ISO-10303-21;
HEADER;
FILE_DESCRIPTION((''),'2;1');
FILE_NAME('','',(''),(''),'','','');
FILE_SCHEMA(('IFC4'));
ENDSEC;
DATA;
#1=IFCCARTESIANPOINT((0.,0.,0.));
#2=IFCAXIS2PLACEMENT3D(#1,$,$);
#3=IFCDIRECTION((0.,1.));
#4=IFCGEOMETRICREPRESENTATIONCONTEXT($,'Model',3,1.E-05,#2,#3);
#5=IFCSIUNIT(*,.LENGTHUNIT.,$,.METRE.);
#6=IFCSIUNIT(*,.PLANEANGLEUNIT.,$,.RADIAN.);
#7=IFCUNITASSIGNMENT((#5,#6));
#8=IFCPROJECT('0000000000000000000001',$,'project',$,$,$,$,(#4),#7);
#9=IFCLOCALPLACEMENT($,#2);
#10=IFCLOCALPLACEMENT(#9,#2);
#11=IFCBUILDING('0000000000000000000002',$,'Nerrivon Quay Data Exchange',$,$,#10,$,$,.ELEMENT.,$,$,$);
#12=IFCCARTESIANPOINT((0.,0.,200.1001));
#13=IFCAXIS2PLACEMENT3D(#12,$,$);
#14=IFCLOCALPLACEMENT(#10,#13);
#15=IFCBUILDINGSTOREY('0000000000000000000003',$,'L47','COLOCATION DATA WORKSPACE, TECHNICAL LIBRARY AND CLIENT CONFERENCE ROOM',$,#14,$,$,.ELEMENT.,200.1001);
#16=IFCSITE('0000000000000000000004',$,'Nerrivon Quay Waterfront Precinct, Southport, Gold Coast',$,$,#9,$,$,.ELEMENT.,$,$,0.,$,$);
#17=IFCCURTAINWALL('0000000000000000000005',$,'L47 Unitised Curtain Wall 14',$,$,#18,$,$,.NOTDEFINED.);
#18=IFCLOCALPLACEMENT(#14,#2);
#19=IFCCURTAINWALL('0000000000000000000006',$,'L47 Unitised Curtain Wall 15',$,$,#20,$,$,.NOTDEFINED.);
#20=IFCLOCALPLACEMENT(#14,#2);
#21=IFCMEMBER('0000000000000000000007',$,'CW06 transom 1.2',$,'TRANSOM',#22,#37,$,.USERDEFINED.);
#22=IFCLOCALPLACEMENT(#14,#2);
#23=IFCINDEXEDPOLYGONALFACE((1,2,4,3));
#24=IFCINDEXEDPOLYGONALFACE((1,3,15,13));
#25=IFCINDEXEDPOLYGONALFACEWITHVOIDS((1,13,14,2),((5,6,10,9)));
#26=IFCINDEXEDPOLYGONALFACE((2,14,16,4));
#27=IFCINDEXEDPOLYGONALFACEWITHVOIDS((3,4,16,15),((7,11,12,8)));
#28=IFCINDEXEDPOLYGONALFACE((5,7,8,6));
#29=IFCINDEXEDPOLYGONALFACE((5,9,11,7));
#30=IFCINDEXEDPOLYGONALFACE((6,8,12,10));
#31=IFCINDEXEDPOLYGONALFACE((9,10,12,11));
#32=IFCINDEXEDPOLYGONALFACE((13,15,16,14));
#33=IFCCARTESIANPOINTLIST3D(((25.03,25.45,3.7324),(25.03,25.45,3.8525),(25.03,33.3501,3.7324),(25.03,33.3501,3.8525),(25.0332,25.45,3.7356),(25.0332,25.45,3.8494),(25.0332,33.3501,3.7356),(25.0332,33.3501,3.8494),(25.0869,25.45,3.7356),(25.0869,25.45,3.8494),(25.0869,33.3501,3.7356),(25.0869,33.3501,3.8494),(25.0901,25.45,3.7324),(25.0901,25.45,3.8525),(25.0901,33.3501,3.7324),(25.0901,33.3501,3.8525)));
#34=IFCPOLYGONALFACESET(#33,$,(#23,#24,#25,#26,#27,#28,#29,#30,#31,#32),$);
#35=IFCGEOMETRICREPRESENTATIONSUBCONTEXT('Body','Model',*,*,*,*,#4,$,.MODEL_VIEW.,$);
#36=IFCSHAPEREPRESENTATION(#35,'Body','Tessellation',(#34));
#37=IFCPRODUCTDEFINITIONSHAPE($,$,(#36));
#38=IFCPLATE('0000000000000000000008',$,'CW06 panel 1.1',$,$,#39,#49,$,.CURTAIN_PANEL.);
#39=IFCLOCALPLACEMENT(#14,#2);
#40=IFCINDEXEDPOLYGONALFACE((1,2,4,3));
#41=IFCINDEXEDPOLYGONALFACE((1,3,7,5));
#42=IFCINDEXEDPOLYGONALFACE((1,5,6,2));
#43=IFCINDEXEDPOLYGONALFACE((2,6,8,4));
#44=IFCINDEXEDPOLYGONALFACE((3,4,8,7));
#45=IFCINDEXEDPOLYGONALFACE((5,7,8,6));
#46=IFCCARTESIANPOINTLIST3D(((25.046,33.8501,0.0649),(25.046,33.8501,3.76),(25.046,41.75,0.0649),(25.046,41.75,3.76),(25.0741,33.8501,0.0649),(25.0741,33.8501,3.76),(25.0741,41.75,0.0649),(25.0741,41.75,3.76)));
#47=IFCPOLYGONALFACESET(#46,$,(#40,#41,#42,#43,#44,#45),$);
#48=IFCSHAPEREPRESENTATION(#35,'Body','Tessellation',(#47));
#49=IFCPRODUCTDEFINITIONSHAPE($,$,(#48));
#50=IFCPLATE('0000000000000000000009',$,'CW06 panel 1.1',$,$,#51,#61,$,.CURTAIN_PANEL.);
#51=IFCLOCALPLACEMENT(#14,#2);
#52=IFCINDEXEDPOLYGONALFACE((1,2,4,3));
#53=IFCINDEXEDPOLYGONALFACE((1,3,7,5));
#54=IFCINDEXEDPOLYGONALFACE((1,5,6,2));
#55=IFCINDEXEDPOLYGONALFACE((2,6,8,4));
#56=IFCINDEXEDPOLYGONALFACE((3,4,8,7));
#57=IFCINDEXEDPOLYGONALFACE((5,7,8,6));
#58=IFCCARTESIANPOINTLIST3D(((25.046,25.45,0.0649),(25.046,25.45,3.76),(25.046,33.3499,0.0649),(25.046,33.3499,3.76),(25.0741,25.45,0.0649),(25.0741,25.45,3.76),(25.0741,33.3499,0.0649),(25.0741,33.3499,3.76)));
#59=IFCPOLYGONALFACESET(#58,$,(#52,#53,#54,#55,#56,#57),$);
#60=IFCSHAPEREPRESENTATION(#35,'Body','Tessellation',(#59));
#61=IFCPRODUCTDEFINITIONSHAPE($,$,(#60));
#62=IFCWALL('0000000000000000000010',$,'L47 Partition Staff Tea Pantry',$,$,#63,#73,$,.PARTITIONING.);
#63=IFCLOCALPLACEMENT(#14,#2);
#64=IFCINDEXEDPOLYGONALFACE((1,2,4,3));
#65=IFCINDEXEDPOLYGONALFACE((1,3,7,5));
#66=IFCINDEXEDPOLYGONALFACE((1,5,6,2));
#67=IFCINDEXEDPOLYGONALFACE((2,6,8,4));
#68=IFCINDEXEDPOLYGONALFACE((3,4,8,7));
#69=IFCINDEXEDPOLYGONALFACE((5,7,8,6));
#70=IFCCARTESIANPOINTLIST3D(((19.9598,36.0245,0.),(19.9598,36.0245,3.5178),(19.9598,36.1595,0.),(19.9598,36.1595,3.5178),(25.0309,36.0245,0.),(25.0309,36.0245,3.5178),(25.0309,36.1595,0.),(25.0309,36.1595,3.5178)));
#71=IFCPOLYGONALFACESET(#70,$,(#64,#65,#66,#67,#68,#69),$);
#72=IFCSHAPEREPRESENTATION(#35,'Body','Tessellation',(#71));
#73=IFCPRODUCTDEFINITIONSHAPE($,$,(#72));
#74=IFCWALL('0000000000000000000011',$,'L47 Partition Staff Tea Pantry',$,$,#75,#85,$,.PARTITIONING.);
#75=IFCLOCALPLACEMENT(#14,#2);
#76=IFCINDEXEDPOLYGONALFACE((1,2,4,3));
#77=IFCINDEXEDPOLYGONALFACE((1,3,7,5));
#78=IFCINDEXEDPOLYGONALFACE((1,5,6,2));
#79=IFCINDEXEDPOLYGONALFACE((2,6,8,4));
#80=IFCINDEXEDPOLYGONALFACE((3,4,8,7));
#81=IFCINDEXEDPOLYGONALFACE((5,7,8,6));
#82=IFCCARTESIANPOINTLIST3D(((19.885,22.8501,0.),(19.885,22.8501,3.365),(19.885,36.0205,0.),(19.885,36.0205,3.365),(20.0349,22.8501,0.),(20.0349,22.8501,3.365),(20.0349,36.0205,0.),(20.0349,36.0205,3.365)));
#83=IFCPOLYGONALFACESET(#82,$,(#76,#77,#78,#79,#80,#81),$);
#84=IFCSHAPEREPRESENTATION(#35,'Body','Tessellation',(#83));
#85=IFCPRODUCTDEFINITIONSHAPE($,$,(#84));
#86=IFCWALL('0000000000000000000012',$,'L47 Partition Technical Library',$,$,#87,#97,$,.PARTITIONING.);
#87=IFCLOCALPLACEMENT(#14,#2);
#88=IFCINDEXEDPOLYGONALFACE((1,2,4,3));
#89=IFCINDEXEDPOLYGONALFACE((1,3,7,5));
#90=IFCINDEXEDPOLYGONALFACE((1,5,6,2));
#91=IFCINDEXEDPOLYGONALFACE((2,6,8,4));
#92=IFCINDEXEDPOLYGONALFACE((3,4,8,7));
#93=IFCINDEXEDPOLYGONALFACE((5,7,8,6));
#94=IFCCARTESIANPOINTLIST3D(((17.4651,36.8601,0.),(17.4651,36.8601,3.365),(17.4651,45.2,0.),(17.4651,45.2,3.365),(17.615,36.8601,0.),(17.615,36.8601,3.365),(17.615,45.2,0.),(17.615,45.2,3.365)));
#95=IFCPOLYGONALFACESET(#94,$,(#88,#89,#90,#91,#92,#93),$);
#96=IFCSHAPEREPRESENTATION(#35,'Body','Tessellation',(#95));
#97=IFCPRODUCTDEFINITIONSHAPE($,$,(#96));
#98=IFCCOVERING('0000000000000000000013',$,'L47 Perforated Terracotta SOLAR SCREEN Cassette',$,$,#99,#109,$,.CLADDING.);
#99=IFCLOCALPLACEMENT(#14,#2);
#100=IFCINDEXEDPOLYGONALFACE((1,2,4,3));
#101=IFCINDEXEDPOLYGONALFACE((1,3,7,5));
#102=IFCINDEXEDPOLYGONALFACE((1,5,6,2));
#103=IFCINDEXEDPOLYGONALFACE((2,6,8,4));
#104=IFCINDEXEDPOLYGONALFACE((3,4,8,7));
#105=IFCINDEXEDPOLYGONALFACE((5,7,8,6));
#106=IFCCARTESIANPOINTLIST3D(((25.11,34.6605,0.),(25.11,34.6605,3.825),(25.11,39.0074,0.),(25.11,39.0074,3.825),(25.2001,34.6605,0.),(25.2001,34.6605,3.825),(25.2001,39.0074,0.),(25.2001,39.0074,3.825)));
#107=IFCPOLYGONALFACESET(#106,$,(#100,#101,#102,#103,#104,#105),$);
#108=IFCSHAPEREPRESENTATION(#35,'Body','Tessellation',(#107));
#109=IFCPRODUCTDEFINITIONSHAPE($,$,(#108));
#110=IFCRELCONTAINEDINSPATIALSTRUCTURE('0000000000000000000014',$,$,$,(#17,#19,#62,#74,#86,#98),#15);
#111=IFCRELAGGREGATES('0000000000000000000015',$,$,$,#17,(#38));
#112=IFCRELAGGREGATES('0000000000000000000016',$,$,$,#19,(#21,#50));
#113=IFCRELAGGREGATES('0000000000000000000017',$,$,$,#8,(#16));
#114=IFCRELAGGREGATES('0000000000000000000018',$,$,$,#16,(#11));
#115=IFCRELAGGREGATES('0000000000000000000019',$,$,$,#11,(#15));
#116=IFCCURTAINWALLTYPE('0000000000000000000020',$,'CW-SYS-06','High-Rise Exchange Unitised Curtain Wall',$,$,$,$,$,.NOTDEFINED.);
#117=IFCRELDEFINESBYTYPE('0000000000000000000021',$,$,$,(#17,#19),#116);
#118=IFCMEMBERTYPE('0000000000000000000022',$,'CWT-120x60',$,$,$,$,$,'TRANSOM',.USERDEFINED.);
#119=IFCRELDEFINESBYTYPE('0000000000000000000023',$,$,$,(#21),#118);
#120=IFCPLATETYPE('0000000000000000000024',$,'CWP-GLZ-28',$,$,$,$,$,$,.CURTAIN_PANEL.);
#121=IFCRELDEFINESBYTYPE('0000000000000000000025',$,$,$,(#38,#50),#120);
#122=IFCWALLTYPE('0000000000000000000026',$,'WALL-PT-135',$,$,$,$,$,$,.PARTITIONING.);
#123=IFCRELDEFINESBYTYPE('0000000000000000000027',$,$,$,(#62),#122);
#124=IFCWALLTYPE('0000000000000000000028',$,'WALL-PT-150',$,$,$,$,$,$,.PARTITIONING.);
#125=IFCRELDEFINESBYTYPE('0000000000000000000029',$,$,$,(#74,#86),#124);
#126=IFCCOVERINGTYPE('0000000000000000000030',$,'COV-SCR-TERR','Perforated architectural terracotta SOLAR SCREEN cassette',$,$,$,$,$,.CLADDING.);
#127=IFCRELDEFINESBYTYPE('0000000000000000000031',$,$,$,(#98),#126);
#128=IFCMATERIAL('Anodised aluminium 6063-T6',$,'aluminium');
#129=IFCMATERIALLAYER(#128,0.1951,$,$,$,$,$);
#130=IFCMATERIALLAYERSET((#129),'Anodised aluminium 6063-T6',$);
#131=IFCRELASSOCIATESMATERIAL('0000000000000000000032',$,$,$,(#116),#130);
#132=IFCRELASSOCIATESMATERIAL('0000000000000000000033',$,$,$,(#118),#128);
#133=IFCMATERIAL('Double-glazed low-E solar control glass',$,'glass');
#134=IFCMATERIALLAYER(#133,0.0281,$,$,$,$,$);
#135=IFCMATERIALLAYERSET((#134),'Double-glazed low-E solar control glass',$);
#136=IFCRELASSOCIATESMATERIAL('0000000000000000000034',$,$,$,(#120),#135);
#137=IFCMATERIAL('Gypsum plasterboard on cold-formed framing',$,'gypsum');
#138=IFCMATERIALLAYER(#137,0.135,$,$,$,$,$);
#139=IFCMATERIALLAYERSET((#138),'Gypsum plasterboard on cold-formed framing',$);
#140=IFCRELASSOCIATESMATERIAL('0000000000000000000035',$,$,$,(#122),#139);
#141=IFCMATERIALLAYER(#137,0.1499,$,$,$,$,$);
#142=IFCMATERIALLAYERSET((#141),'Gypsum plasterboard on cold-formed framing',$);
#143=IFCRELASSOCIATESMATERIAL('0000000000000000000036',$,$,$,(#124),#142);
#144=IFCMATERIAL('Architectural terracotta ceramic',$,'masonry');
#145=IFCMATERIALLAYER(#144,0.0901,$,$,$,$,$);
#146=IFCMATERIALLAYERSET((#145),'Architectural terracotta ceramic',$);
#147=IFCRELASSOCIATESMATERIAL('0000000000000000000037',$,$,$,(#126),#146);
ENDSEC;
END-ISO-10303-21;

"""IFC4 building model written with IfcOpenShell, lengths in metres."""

from ifc_helpers import new_model, si_unit, direction, frame, frame_2d, origin, origin_2d, place, context, subcontext, project, spatial, rectangle, hollow_rectangle, extrude, material, layer, layer_set, material_profile, profile_set, type_object, element, aggregate, save


model = new_model("IFC4")

# Units and contexts
model_context = context("Model", 3, precision=1e-05, world=origin(), true_north=direction((0.0, 1.0)))
body_context = subcontext(model_context, "Body", "Model", "MODEL_VIEW")
ifc_project = project(units=[si_unit("LENGTHUNIT", "METRE"), si_unit("PLANEANGLEUNIT", "RADIAN")], contexts=[model_context])

# Site, building, storey
site_placement = place(None, origin())
site = spatial("IfcSite", under=ifc_project, at=site_placement, Name="Nerrivon Quay Waterfront Precinct, Southport, Gold Coast", CompositionType="ELEMENT", RefElevation=0.0)
building_placement = place(site_placement, origin())
building = spatial("IfcBuilding", under=site, at=building_placement, Name="Nerrivon Quay Data Exchange", CompositionType="ELEMENT")
storey_placement = place(building_placement, frame((0.0, 0.0, 200.1001)))
storey = spatial("IfcBuildingStorey", under=building, at=storey_placement, Name="L47", Description="COLOCATION DATA WORKSPACE, TECHNICAL LIBRARY AND CLIENT CONFERENCE ROOM", CompositionType="ELEMENT", Elevation=200.1001)

# Shared definitions
ifc_material_1 = material(Name="Anodised aluminium 6063-T6", Category="aluminium")
ifc_layer_1 = layer(ifc_material_1, 0.1951)
ifc_layer_set_1 = layer_set([ifc_layer_1], Name="Anodised aluminium 6063-T6")
curtain_wall_type = type_object("IfcCurtainWallType", Name="CW-SYS-06", Description="High-Rise Exchange Unitised Curtain Wall", PredefinedType="NOTDEFINED", material=ifc_layer_set_1)

# Curtain wall
curtain_wall_1_placement = place(storey_placement, origin())
curtain_wall_1 = element("IfcCurtainWall", 1, at=curtain_wall_1_placement, inside=storey, type_object=curtain_wall_type, Name="L47 Unitised Curtain Wall 14", PredefinedType="NOTDEFINED")

# Curtain wall
curtain_wall_2_placement = place(storey_placement, origin())
curtain_wall_2 = element("IfcCurtainWall", 2, at=curtain_wall_2_placement, inside=storey, type_object=curtain_wall_type, Name="L47 Unitised Curtain Wall 15", PredefinedType="NOTDEFINED")

# Member
ifc_material_profile_1 = material_profile(ifc_material_1, hollow_rectangle(XDim=0.0601, YDim=0.1201, WallThickness=0.0032, at=origin_2d()), Name="ALU-TRAN-120x60")
ifc_profile_set_1 = profile_set([ifc_material_profile_1], Name="Anodised aluminium 6063-T6")
member_type_1 = type_object("IfcMemberType", Name="CWT-120x60", ElementType="TRANSOM", PredefinedType="USERDEFINED", material=ifc_profile_set_1)
member_1_placement = place(storey_placement, frame((25.0601, 33.3501, 3.7925), z_axis=(0.0, -1.0, 0.0), x_axis=(1.0, 0.0, 0.0)))
member_1 = element("IfcMember", 3, at=member_1_placement, type_object=member_type_1, Name="CW06 transom 1.2", ObjectType="TRANSOM", PredefinedType="USERDEFINED", context=body_context, shape_type="SweptSolid", body=[
    extrude(hollow_rectangle(XDim=0.0601, YDim=0.1201, WallThickness=0.0032, at=origin_2d()), origin(), (0.0, 0.0, 1.0), 7.9001),
])

# Plates
ifc_material_2 = material(Name="Double-glazed low-E solar control glass", Category="glass")
ifc_layer_2 = layer(ifc_material_2, 0.0281)
ifc_layer_set_2 = layer_set([ifc_layer_2], Name="Double-glazed low-E solar control glass")
plate_type = type_object("IfcPlateType", Name="CWP-GLZ-28", PredefinedType="CURTAIN_PANEL", material=ifc_layer_set_2)
plate_1_placement = place(storey_placement, frame((25.0601, 37.8, 0.0649), z_axis=(0.0, 0.0, 1.0), x_axis=(0.0, -1.0, 0.0)))
plate_1 = element("IfcPlate", 4, at=plate_1_placement, type_object=plate_type, Name="CW06 panel 1.1", PredefinedType="CURTAIN_PANEL", context=body_context, shape_type="SweptSolid", body=[
    extrude(rectangle(XDim=7.8999, YDim=0.0281, at=origin_2d()), origin(), (0.0, 0.0, 1.0), 3.6951),
])
aggregate(curtain_wall_1, [plate_1])
plate_2_placement = place(storey_placement, frame((25.0601, 29.3999, 0.0649), z_axis=(0.0, 0.0, 1.0), x_axis=(0.0, -1.0, 0.0)))
plate_2 = element("IfcPlate", 5, at=plate_2_placement, type_object=plate_type, Name="CW06 panel 1.1", PredefinedType="CURTAIN_PANEL", context=body_context, shape_type="SweptSolid", body=[
    extrude(rectangle(XDim=7.8999, YDim=0.0281, at=origin_2d()), origin(), (0.0, 0.0, 1.0), 3.6951),
])
aggregate(curtain_wall_2, [member_1, plate_2])

# Walls
ifc_material_3 = material(Name="Gypsum plasterboard on cold-formed framing", Category="gypsum")
ifc_layer_3 = layer(ifc_material_3, 0.135)
ifc_layer_set_3 = layer_set([ifc_layer_3], Name="Gypsum plasterboard on cold-formed framing")
wall_type_1 = type_object("IfcWallType", Name="WALL-PT-135", PredefinedType="PARTITIONING", material=ifc_layer_set_3)
wall_1_placement = place(storey_placement, frame((25.031, 36.092, 0.0), z_axis=(0.0, 0.0, 1.0), x_axis=(-1.0, 0.0, 0.0)))
element("IfcWall", 6, at=wall_1_placement, inside=storey, type_object=wall_type_1, Name="L47 Partition Staff Tea Pantry", PredefinedType="PARTITIONING", context=body_context, shape_type="SweptSolid", body=[
    extrude(rectangle(XDim=5.071, YDim=0.135, at=frame_2d((2.5356, 0.0))), origin(), (0.0, 0.0, 1.0), 3.5178),
])
ifc_layer_4 = layer(ifc_material_3, 0.1499)
ifc_layer_set_4 = layer_set([ifc_layer_4], Name="Gypsum plasterboard on cold-formed framing")
wall_type_2 = type_object("IfcWallType", Name="WALL-PT-150", PredefinedType="PARTITIONING", material=ifc_layer_set_4)
wall_2_placement = place(storey_placement, frame((19.96, 36.0205, 0.0), z_axis=(0.0, 0.0, 1.0), x_axis=(0.0, -1.0, 0.0)))
element("IfcWall", 7, at=wall_2_placement, inside=storey, type_object=wall_type_2, Name="L47 Partition Staff Tea Pantry", PredefinedType="PARTITIONING", context=body_context, shape_type="SweptSolid", body=[
    extrude(rectangle(XDim=13.1704, YDim=0.1499, at=frame_2d((6.5852, 0.0))), origin(), (0.0, 0.0, 1.0), 3.365),
])
wall_3_placement = place(storey_placement, frame((17.54, 36.8601, 0.0), z_axis=(0.0, 0.0, 1.0), x_axis=(0.0, 1.0, 0.0)))
element("IfcWall", 8, at=wall_3_placement, inside=storey, type_object=wall_type_2, Name="L47 Partition Technical Library", PredefinedType="PARTITIONING", context=body_context, shape_type="SweptSolid", body=[
    extrude(rectangle(XDim=8.3398, YDim=0.1499, at=frame_2d((4.1699, 0.0))), origin(), (0.0, 0.0, 1.0), 3.365),
])

# Covering
ifc_material_4 = material(Name="Architectural terracotta ceramic", Category="masonry")
ifc_layer_5 = layer(ifc_material_4, 0.0901)
ifc_layer_set_5 = layer_set([ifc_layer_5], Name="Architectural terracotta ceramic")
covering_type = type_object("IfcCoveringType", Name="COV-SCR-TERR", Description="Perforated architectural terracotta SOLAR SCREEN cassette", PredefinedType="CLADDING", material=ifc_layer_set_5)
covering_placement = place(storey_placement, frame((25.155, 36.834, 0.0), z_axis=(0.0, 0.0, 1.0), x_axis=(0.0, -1.0, 0.0)))
element("IfcCovering", 9, at=covering_placement, inside=storey, type_object=covering_type, Name="L47 Perforated Terracotta SOLAR SCREEN Cassette", PredefinedType="CLADDING", context=body_context, shape_type="SweptSolid", body=[
    extrude(rectangle(XDim=4.3469, YDim=0.0901, at=origin_2d()), origin(), (0.0, 0.0, 1.0), 3.825),
])

save(model, "model.ifc")
